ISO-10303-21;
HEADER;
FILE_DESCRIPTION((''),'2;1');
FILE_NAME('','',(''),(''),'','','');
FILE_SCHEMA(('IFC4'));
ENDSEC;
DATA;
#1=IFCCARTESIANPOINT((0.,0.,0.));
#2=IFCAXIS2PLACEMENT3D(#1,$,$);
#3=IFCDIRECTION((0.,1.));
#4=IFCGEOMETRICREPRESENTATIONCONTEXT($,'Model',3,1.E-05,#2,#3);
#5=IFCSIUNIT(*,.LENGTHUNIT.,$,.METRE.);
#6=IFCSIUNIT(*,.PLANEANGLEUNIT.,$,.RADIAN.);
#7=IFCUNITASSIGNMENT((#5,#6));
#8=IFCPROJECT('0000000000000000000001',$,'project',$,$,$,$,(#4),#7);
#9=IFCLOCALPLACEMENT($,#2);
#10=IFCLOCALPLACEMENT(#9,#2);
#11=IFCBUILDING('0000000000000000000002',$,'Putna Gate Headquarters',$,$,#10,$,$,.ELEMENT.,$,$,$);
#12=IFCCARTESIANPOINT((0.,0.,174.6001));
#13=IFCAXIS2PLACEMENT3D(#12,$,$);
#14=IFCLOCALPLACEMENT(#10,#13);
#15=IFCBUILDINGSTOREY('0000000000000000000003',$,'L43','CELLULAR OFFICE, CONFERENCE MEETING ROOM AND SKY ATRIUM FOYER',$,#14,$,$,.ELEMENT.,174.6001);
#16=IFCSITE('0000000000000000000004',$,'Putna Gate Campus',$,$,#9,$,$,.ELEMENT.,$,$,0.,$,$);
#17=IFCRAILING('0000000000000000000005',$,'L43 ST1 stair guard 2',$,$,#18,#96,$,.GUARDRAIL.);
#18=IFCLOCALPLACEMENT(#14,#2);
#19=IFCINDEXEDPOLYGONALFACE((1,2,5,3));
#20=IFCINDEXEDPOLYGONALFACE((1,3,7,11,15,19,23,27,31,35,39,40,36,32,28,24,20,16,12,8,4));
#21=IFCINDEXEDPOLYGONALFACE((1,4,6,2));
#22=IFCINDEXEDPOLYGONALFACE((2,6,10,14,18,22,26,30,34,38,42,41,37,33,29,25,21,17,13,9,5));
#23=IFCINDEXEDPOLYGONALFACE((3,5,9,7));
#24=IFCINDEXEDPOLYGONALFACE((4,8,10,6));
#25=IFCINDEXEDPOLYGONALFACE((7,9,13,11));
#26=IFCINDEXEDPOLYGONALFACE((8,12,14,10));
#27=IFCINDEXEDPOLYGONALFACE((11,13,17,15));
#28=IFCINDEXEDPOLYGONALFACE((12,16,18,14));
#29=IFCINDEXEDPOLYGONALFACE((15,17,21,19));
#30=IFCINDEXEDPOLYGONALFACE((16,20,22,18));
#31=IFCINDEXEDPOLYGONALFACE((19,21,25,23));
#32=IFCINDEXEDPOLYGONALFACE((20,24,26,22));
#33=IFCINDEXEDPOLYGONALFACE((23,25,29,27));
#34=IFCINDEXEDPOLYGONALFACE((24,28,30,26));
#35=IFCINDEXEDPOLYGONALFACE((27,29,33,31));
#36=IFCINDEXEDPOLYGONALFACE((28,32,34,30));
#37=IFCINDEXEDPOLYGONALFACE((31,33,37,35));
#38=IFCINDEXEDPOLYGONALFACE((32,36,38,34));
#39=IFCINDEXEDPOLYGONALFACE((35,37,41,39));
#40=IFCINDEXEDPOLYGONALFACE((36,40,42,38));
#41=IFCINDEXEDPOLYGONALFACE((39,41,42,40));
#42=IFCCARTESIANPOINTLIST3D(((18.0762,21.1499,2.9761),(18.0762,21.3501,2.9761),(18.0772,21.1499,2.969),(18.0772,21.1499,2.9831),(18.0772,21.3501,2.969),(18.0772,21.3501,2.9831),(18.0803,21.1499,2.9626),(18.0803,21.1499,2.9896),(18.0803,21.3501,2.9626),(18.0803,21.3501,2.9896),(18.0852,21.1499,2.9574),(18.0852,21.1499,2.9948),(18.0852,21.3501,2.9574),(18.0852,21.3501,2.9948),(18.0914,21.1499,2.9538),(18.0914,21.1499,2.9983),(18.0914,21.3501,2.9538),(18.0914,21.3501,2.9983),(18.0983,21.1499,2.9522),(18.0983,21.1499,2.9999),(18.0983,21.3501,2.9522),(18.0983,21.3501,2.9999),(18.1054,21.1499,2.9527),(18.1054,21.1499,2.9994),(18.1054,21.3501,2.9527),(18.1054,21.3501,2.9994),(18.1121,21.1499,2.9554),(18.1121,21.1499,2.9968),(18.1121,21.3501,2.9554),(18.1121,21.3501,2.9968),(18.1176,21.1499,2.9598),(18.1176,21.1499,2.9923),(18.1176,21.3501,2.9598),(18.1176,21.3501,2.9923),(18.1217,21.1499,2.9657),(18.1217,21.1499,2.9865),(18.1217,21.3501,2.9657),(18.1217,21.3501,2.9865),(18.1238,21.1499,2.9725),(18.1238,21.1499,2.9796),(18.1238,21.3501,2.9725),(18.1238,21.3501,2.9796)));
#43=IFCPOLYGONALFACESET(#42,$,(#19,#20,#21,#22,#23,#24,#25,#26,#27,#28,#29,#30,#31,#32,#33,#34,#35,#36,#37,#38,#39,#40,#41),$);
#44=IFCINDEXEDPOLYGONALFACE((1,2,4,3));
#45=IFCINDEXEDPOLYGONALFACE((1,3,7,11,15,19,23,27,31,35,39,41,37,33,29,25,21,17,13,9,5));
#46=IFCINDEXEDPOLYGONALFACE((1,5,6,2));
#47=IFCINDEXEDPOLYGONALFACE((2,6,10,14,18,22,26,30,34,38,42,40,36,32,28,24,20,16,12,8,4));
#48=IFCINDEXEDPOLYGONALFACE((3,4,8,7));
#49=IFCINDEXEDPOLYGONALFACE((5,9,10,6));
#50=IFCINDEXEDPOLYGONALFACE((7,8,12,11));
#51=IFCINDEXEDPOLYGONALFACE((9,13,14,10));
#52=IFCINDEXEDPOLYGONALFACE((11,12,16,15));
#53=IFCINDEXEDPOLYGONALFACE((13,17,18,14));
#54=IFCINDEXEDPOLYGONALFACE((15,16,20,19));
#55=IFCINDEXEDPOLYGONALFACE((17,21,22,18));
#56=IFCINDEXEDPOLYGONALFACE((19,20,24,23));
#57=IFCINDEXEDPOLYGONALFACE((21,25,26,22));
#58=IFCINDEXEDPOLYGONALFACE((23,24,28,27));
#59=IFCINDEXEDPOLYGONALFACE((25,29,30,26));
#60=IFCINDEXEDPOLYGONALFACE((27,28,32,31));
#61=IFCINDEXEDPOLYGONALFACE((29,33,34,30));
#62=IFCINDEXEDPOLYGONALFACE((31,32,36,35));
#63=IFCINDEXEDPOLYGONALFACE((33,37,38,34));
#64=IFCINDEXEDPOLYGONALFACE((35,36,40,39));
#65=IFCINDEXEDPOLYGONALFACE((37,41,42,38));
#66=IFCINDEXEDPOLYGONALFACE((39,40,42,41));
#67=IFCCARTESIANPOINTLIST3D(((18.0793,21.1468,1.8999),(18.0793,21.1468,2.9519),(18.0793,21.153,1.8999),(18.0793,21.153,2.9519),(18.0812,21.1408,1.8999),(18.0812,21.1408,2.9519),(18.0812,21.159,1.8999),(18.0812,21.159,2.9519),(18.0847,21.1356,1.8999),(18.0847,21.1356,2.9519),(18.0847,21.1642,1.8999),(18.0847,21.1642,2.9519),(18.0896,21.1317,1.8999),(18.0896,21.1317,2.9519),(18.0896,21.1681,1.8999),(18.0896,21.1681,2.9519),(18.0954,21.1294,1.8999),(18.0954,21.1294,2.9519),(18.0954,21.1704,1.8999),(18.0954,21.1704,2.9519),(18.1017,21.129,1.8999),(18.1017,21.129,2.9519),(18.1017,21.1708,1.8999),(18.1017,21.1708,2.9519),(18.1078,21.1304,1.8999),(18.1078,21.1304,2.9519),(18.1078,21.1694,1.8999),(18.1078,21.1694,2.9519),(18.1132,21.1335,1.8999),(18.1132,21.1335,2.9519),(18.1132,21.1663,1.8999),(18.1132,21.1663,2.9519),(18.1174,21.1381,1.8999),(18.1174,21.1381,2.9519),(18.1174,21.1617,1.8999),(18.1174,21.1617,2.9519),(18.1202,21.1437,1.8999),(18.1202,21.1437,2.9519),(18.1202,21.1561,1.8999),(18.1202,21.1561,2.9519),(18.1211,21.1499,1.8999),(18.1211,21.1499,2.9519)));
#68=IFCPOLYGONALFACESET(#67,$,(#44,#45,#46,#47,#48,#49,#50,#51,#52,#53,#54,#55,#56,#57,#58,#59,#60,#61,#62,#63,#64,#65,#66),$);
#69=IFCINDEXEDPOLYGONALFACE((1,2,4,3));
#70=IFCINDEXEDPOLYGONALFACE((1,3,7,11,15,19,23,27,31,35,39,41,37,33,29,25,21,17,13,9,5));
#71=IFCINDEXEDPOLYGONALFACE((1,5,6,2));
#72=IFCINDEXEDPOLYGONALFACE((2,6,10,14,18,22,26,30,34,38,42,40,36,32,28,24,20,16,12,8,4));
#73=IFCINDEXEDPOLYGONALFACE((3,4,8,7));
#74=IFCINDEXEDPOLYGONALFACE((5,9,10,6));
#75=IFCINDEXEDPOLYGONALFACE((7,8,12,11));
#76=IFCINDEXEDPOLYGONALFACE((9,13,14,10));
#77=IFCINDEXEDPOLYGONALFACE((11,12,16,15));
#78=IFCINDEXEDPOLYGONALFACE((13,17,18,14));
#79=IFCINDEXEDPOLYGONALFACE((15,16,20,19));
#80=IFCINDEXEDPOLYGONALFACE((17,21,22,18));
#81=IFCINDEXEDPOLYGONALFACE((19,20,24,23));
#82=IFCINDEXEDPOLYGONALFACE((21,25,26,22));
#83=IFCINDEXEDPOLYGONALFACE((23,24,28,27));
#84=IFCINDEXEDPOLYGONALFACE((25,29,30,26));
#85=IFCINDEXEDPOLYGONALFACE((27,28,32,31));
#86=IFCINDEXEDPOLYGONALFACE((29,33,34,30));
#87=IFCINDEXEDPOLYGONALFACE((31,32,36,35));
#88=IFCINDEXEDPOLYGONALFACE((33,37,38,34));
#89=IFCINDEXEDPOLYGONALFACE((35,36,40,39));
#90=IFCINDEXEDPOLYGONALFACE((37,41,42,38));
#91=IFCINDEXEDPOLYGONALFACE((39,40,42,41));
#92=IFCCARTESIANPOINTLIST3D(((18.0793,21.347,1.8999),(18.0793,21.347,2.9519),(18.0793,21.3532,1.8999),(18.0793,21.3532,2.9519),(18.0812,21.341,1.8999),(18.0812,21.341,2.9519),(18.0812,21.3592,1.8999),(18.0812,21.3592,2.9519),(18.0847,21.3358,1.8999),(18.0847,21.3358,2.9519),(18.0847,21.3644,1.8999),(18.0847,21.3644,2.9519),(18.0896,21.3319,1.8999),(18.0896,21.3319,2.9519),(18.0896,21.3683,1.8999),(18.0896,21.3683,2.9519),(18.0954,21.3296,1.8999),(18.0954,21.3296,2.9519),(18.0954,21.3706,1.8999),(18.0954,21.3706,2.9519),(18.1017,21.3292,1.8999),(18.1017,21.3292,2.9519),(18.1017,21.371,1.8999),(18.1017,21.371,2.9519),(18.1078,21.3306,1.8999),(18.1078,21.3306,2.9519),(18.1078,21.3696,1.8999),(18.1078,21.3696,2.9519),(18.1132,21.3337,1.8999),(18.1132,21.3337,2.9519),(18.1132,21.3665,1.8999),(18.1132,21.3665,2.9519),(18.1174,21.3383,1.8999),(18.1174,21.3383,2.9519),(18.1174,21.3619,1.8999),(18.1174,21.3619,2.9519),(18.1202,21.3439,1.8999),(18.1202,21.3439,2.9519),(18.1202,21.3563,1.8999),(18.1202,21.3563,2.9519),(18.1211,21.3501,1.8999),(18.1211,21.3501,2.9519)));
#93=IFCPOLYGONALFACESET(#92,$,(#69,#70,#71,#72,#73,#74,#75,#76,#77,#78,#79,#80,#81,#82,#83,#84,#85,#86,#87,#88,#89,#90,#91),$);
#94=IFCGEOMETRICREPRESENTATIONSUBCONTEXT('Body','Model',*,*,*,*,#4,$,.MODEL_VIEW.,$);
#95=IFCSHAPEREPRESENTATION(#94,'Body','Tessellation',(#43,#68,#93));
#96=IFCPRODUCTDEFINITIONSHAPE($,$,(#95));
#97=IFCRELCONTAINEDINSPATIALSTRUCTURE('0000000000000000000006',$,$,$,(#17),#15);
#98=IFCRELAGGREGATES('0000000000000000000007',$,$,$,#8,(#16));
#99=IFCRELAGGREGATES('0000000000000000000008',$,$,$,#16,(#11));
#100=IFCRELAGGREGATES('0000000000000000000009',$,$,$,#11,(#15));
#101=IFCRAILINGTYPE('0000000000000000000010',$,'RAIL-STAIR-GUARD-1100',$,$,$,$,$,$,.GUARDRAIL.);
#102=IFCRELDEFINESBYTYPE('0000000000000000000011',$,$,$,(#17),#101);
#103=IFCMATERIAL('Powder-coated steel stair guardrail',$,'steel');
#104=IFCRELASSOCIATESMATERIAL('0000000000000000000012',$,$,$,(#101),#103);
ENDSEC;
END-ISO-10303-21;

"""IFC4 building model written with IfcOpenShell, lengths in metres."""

from ifc_helpers import new_model, si_unit, direction, frame, origin, origin_2d, place, context, subcontext, project, spatial, circle, extrude, material, type_object, element, save


model = new_model("IFC4")

# Units and contexts
model_context = context("Model", 3, precision=1e-05, world=origin(), true_north=direction((0.0, 1.0)))
body_context = subcontext(model_context, "Body", "Model", "MODEL_VIEW")
ifc_project = project(units=[si_unit("LENGTHUNIT", "METRE"), si_unit("PLANEANGLEUNIT", "RADIAN")], contexts=[model_context])

# Site, building, storey
site_placement = place(None, origin())
site = spatial("IfcSite", under=ifc_project, at=site_placement, Name="Putna Gate Campus", CompositionType="ELEMENT", RefElevation=0.0)
building_placement = place(site_placement, origin())
building = spatial("IfcBuilding", under=site, at=building_placement, Name="Putna Gate Headquarters", CompositionType="ELEMENT")
storey_placement = place(building_placement, frame((0.0, 0.0, 174.6001)))
storey = spatial("IfcBuildingStorey", under=building, at=storey_placement, Name="L43", Description="CELLULAR OFFICE, CONFERENCE MEETING ROOM AND SKY ATRIUM FOYER", CompositionType="ELEMENT", Elevation=174.6001)

# Railing
ifc_material_1 = material(Name="Powder-coated steel stair guardrail", Category="steel")
railing_type_1 = type_object("IfcRailingType", Name="RAIL-STAIR-GUARD-1100", PredefinedType="GUARDRAIL", material=ifc_material_1)
railing_1_placement = place(storey_placement, frame((18.1001, 21.1499, 1.8999)))
element("IfcRailing", 1, at=railing_1_placement, inside=storey, type_object=railing_type_1, Name="L43 ST1 stair guard 2", PredefinedType="GUARDRAIL", context=body_context, shape_type="SweptSolid", body=[
    extrude(circle(Radius=0.0239, at=origin_2d()), frame((0.0, 0.0, 1.0762), z_axis=(0.0, 1.0, 0.0), x_axis=(-1.0, 0.0, 0.0)), (0.0, 0.0, 1.0), 0.2002),
    extrude(circle(Radius=0.021, at=origin_2d()), origin(), (0.0, 0.0, 1.0), 1.052),
    extrude(circle(Radius=0.021, at=origin_2d()), frame((0.0, 0.2002, 0.0)), (0.0, 0.0, 1.0), 1.052),
])

save(model, "model.ifc")
